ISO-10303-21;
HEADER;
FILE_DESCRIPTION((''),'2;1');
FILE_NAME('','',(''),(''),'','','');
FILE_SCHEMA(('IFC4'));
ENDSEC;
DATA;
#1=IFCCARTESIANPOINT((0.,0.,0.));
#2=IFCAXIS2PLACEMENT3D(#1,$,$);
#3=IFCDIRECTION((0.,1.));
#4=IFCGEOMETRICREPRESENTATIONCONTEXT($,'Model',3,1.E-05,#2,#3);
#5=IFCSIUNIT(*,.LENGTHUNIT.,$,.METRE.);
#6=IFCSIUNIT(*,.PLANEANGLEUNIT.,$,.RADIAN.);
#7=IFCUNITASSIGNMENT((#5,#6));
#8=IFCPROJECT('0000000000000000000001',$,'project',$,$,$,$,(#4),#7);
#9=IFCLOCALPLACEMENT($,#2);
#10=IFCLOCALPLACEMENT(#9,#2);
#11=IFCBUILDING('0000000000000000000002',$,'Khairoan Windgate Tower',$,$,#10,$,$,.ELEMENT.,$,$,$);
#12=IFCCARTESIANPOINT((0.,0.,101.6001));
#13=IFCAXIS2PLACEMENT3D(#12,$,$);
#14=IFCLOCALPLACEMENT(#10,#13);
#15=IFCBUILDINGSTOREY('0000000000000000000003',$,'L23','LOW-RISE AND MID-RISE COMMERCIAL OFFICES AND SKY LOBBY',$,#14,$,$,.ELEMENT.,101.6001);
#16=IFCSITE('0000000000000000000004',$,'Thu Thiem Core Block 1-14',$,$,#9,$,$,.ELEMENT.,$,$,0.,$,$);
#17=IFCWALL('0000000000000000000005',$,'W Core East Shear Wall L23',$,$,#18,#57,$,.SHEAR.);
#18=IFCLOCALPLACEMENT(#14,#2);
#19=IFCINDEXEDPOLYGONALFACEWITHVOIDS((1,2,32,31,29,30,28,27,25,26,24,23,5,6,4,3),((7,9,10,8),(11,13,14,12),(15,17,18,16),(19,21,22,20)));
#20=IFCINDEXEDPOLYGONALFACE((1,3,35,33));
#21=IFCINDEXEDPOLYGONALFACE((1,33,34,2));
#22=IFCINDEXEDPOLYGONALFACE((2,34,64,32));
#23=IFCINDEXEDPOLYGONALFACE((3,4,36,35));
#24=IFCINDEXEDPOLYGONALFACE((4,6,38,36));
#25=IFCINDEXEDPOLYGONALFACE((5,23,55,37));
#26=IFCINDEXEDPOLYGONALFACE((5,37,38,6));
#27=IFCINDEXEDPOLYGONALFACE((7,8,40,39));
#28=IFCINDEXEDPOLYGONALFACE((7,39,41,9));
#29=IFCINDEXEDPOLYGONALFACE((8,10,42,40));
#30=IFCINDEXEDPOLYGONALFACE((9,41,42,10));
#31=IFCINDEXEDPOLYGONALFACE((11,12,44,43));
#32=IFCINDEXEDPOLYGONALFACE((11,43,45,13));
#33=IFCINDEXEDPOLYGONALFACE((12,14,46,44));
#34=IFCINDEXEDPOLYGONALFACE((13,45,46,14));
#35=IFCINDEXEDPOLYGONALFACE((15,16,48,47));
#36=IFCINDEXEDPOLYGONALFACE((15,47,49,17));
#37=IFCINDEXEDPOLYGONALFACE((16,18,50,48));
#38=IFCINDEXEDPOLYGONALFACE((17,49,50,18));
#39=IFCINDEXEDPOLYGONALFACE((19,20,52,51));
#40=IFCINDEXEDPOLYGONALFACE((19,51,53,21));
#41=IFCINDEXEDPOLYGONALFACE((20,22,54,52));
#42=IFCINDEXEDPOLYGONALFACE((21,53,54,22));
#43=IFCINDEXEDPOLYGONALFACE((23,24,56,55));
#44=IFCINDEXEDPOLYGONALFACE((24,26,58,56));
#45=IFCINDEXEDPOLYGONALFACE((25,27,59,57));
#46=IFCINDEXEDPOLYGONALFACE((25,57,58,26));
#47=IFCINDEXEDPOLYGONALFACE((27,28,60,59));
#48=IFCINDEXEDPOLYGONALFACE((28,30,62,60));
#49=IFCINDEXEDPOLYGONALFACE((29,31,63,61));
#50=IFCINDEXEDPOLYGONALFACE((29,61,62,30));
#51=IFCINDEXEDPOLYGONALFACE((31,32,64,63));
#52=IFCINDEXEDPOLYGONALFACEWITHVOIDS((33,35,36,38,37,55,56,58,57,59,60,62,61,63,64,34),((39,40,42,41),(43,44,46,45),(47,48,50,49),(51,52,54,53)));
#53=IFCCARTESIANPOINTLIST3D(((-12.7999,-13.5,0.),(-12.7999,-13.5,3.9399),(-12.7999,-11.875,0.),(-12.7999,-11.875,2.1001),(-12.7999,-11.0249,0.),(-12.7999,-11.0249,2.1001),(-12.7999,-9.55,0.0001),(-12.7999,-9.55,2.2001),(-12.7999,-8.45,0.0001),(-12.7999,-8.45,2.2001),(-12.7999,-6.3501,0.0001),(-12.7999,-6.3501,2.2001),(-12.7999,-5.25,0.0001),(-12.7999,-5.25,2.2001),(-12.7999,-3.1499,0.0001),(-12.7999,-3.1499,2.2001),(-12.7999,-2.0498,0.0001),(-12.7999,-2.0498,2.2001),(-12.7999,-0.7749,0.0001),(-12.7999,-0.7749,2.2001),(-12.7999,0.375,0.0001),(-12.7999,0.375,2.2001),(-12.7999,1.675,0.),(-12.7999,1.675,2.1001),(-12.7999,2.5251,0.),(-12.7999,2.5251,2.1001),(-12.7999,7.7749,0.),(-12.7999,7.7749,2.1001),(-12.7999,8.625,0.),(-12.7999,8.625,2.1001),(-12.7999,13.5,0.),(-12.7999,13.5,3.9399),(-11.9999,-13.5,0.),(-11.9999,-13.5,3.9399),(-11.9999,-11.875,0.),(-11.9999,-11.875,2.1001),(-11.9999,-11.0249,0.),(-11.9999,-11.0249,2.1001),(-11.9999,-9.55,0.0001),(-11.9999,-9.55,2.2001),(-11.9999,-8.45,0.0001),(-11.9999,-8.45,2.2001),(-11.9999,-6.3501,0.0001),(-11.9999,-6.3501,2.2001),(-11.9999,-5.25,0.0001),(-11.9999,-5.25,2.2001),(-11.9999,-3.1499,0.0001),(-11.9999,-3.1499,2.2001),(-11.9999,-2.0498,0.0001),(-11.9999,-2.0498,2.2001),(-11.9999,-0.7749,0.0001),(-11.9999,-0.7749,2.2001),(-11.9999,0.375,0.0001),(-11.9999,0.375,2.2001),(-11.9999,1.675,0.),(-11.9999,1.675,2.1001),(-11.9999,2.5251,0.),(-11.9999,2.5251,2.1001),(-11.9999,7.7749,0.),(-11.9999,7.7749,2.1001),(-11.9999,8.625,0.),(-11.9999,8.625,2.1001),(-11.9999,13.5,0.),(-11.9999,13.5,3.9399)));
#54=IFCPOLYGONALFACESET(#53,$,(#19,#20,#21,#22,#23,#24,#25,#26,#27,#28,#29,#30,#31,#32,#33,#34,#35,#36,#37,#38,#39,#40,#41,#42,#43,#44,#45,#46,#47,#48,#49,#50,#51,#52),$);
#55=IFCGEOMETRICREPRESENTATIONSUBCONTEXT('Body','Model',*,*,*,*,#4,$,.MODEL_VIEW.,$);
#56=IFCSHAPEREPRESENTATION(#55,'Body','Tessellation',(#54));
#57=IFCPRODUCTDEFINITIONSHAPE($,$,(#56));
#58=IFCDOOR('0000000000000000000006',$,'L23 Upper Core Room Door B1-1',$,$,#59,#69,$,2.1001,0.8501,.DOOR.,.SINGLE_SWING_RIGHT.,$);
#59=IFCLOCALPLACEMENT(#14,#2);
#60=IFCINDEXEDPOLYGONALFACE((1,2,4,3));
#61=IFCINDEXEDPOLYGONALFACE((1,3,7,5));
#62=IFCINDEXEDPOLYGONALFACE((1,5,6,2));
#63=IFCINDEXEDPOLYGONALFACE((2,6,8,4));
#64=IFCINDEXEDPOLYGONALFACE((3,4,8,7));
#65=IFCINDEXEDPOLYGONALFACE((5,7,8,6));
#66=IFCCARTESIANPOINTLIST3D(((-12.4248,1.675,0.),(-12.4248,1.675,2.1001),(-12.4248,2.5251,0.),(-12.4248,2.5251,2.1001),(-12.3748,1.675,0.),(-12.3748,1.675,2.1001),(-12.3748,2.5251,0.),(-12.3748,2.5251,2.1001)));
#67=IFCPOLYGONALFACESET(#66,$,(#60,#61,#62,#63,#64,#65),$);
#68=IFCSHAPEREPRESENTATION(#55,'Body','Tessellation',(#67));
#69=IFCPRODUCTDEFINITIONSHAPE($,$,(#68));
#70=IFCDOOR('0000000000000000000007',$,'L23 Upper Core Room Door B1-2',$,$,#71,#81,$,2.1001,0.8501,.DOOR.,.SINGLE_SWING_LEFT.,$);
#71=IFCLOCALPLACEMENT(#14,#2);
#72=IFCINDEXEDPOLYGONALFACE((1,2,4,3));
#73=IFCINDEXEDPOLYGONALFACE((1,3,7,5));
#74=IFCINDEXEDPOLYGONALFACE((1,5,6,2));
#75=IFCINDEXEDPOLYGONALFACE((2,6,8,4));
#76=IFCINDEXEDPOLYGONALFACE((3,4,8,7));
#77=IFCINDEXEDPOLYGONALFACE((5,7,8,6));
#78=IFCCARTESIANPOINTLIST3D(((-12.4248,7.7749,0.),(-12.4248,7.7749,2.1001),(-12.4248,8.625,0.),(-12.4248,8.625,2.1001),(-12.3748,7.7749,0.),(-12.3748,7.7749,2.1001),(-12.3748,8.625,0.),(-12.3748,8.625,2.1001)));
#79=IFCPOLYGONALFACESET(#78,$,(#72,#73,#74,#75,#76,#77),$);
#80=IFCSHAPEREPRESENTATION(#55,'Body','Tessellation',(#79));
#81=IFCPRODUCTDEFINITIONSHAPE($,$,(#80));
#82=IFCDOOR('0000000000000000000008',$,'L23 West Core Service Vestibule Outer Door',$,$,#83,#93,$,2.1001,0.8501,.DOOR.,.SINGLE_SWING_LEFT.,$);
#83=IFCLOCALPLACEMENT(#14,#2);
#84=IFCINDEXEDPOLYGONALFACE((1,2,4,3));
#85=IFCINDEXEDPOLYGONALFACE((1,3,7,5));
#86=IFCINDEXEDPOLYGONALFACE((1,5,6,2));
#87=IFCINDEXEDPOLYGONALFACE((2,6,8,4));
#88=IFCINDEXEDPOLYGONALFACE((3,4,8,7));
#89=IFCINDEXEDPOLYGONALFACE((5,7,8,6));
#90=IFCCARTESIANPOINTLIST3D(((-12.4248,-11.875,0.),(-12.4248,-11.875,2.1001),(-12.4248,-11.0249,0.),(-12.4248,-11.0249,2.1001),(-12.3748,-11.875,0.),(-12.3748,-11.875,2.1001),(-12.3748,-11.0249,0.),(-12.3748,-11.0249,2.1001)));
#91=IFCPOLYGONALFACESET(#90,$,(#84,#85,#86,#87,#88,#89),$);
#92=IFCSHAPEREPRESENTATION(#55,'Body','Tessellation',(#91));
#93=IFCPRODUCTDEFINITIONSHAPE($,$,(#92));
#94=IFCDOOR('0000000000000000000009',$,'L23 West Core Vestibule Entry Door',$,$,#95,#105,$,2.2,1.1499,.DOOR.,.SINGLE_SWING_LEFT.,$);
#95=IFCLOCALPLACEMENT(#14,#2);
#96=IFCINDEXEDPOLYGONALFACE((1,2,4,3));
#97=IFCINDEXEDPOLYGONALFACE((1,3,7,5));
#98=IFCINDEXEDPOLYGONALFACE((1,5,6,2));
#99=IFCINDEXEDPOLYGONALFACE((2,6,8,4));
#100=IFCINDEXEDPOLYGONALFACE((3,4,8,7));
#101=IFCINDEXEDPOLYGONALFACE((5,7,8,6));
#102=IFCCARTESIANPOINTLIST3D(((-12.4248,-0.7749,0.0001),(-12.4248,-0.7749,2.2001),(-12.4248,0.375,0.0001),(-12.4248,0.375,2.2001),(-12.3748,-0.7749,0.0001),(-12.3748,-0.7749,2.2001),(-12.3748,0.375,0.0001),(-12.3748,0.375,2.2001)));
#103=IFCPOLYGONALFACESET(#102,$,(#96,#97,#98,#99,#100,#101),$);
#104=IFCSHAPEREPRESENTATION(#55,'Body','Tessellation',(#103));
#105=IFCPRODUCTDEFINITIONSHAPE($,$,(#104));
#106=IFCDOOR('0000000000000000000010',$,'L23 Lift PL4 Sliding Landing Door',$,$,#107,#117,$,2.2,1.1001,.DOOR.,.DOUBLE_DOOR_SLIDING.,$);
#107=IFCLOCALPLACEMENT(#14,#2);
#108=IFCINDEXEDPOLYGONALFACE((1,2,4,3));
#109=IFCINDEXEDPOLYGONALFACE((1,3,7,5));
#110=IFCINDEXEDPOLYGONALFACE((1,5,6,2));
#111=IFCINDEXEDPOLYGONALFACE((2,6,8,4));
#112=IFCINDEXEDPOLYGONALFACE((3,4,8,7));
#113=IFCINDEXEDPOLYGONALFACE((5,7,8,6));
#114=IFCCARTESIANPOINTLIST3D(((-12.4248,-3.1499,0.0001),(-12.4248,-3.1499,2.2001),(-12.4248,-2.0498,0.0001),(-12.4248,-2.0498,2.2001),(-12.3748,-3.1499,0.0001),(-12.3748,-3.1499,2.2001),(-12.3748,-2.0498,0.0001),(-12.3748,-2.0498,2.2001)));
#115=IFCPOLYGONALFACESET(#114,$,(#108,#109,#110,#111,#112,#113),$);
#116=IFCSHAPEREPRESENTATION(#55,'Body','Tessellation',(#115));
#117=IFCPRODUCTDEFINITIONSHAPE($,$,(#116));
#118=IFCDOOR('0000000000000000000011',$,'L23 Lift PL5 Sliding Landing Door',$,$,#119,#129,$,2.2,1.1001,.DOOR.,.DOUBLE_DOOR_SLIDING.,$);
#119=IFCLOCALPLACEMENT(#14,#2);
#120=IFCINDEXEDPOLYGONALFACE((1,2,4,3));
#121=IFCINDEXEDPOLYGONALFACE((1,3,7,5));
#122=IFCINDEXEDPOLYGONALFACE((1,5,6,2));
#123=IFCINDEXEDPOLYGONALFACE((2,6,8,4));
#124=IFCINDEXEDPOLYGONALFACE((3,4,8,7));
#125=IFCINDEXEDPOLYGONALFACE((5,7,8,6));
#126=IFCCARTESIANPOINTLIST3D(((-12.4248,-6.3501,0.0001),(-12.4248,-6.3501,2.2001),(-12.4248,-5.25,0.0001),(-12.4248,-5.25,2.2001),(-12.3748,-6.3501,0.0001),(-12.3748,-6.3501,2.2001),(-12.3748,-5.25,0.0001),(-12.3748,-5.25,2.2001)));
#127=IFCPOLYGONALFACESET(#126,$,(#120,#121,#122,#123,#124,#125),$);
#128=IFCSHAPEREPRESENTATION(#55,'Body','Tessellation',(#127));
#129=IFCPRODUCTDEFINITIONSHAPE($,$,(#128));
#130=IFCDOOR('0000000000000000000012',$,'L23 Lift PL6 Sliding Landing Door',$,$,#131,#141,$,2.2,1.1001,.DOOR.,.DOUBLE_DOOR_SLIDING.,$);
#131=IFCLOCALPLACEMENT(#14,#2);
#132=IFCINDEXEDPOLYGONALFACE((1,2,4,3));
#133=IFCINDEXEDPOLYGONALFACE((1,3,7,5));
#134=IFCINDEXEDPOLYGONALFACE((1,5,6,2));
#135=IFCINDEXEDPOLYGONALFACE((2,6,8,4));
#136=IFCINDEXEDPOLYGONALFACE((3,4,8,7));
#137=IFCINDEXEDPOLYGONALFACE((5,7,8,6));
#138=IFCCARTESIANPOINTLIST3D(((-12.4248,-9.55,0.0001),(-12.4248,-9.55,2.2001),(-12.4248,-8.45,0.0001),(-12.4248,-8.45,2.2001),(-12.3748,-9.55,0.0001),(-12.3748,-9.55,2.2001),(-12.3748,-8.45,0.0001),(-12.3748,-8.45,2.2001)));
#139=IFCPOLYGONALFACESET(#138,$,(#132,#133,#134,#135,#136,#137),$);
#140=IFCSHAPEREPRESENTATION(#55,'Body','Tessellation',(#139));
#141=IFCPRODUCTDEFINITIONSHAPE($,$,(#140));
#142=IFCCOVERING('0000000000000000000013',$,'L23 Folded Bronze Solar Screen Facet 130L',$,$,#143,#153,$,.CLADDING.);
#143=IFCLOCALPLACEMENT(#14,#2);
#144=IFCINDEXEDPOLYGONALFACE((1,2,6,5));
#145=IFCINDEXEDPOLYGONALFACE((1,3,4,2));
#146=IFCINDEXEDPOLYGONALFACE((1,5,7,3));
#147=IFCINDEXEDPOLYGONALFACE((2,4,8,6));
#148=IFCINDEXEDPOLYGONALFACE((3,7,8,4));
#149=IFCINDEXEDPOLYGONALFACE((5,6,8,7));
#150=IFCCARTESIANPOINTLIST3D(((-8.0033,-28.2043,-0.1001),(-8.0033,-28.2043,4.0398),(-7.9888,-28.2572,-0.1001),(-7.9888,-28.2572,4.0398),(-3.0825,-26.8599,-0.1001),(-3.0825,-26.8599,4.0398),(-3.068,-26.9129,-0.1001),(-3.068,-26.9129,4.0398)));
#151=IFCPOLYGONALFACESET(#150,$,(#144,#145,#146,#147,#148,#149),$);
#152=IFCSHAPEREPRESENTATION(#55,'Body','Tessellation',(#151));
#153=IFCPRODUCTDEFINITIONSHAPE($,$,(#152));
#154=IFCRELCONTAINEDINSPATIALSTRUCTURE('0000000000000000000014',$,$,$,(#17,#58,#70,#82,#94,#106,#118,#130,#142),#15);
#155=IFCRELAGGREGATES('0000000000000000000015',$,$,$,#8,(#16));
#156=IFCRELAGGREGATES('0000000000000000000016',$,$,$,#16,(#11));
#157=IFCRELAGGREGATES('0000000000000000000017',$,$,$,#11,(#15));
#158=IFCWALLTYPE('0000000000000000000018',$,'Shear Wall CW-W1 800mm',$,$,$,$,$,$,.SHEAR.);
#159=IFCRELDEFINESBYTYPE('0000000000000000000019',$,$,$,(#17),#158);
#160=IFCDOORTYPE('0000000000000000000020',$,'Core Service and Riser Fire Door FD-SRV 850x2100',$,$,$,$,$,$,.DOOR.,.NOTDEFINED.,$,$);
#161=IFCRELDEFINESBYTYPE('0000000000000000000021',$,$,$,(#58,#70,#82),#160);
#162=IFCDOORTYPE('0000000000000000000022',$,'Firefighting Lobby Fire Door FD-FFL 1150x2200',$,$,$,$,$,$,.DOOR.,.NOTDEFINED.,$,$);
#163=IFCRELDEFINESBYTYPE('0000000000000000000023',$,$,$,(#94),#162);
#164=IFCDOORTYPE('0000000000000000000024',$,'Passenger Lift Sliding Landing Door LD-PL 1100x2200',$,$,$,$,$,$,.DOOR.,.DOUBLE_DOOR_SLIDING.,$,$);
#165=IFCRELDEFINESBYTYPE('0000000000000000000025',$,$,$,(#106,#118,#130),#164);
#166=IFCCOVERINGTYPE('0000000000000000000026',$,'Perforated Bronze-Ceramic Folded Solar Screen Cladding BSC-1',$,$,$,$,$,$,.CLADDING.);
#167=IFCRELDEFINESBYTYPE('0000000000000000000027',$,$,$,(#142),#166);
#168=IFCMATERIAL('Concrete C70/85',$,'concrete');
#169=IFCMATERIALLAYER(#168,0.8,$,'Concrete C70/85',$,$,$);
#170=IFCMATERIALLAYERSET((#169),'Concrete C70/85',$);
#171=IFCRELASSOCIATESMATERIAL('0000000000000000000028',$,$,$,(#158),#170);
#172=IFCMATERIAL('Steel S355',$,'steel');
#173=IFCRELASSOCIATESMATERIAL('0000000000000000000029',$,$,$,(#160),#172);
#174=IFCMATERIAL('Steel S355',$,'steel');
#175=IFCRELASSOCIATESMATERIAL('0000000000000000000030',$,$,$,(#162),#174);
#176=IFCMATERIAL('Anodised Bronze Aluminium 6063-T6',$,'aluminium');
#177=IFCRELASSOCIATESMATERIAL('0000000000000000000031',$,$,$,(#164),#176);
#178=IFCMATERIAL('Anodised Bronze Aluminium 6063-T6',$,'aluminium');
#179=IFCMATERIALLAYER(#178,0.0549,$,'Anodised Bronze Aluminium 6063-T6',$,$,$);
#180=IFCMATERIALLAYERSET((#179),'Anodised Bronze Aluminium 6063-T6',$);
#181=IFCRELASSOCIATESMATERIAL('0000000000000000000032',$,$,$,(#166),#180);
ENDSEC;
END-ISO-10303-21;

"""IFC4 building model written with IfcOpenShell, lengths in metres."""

from ifc_helpers import new_model, si_unit, direction, frame, frame_2d, origin, origin_2d, place, context, subcontext, project, spatial, rectangle, extrude, material, layer, layer_set, type_object, element, fill, save


model = new_model("IFC4")

# Units and contexts
model_context = context("Model", 3, precision=1e-05, world=origin(), true_north=direction((0.0, 1.0)))
body_context = subcontext(model_context, "Body", "Model", "MODEL_VIEW")
ifc_project = project(units=[si_unit("LENGTHUNIT", "METRE"), si_unit("PLANEANGLEUNIT", "RADIAN")], contexts=[model_context])

# Site, building, storey
site_placement = place(None, origin())
site = spatial("IfcSite", under=ifc_project, at=site_placement, Name="Thu Thiem Core Block 1-14", CompositionType="ELEMENT", RefElevation=0.0)
building_placement = place(site_placement, origin())
building = spatial("IfcBuilding", under=site, at=building_placement, Name="Khairoan Windgate Tower", CompositionType="ELEMENT")
storey_placement = place(building_placement, frame((0.0, 0.0, 101.6001)))
storey = spatial("IfcBuildingStorey", under=building, at=storey_placement, Name="L23", Description="LOW-RISE AND MID-RISE COMMERCIAL OFFICES AND SKY LOBBY", CompositionType="ELEMENT", Elevation=101.6001)

# Wall, openings, doors
ifc_material_1 = material(Name="Concrete C70/85", Category="concrete")
ifc_layer_1 = layer(ifc_material_1, 0.8, Name="Concrete C70/85")
ifc_layer_set_1 = layer_set([ifc_layer_1], Name="Concrete C70/85")
wall_type_1 = type_object("IfcWallType", Name="Shear Wall CW-W1 800mm", PredefinedType="SHEAR", material=ifc_layer_set_1)
wall_1_placement = place(storey_placement, frame((-12.3999, -13.5, 0.0), z_axis=(0.0, 0.0, 1.0), x_axis=(0.0, 1.0, 0.0)))
wall_1 = element("IfcWall", 1, at=wall_1_placement, inside=storey, type_object=wall_type_1, Name="W Core East Shear Wall L23", PredefinedType="SHEAR", context=body_context, shape_type="SweptSolid", body=[
    extrude(rectangle(XDim=27.0, YDim=0.8, at=frame_2d((13.5, 0.0))), origin(), (0.0, 0.0, 1.0), 3.9399),
])
opening_1_placement = place(wall_1_placement, frame((10.3501, 0.0, 0.0)))
opening_1 = element("IfcOpeningElement", 2, at=opening_1_placement, cuts=wall_1, PredefinedType="OPENING", context=body_context, shape_type="SweptSolid", body=[
    extrude(rectangle(XDim=1.1001, YDim=2.2, at=frame_2d((0.55, 1.1001))), frame((0.0, 0.4099, 0.0), z_axis=(0.0, -1.0, 0.0), x_axis=(1.0, 0.0, 0.0)), (0.0, 0.0, 1.0), 0.8201),
])
opening_2_placement = place(wall_1_placement, frame((7.1499, 0.0, 0.0)))
opening_2 = element("IfcOpeningElement", 3, at=opening_2_placement, cuts=wall_1, PredefinedType="OPENING", context=body_context, shape_type="SweptSolid", body=[
    extrude(rectangle(XDim=1.1001, YDim=2.2, at=frame_2d((0.55, 1.1001))), frame((0.0, 0.4099, 0.0), z_axis=(0.0, -1.0, 0.0), x_axis=(1.0, 0.0, 0.0)), (0.0, 0.0, 1.0), 0.8201),
])
opening_3_placement = place(wall_1_placement, frame((3.95, 0.0, 0.0)))
opening_3 = element("IfcOpeningElement", 4, at=opening_3_placement, cuts=wall_1, PredefinedType="OPENING", context=body_context, shape_type="SweptSolid", body=[
    extrude(rectangle(XDim=1.1001, YDim=2.2, at=frame_2d((0.55, 1.1001))), frame((0.0, 0.4099, 0.0), z_axis=(0.0, -1.0, 0.0), x_axis=(1.0, 0.0, 0.0)), (0.0, 0.0, 1.0), 0.8201),
])
opening_4_placement = place(wall_1_placement, frame((15.175, 0.0, 0.0)))
opening_4 = element("IfcOpeningElement", 5, at=opening_4_placement, cuts=wall_1, PredefinedType="OPENING", context=body_context, shape_type="SweptSolid", body=[
    extrude(rectangle(XDim=0.8501, YDim=2.1001, at=frame_2d((0.425, 1.05))), frame((0.0, 0.4099, 0.0), z_axis=(0.0, -1.0, 0.0), x_axis=(1.0, 0.0, 0.0)), (0.0, 0.0, 1.0), 0.8201),
])
opening_5_placement = place(wall_1_placement, frame((21.2749, 0.0, 0.0)))
opening_5 = element("IfcOpeningElement", 6, at=opening_5_placement, cuts=wall_1, PredefinedType="OPENING", context=body_context, shape_type="SweptSolid", body=[
    extrude(rectangle(XDim=0.8501, YDim=2.1001, at=frame_2d((0.425, 1.05))), frame((0.0, 0.4099, 0.0), z_axis=(0.0, -1.0, 0.0), x_axis=(1.0, 0.0, 0.0)), (0.0, 0.0, 1.0), 0.8201),
])
opening_6_placement = place(wall_1_placement, frame((12.7251, 0.0, 0.0)))
opening_6 = element("IfcOpeningElement", 7, at=opening_6_placement, cuts=wall_1, PredefinedType="OPENING", context=body_context, shape_type="SweptSolid", body=[
    extrude(rectangle(XDim=1.1499, YDim=2.2, at=frame_2d((0.575, 1.1001))), frame((0.0, 0.4099, 0.0), z_axis=(0.0, -1.0, 0.0), x_axis=(1.0, 0.0, 0.0)), (0.0, 0.0, 1.0), 0.8201),
])
opening_7_placement = place(wall_1_placement, frame((1.625, 0.0, 0.0)))
opening_7 = element("IfcOpeningElement", 8, at=opening_7_placement, cuts=wall_1, PredefinedType="OPENING", context=body_context, shape_type="SweptSolid", body=[
    extrude(rectangle(XDim=0.8501, YDim=2.1001, at=frame_2d((0.425, 1.05))), frame((0.0, 0.4099, 0.0), z_axis=(0.0, -1.0, 0.0), x_axis=(1.0, 0.0, 0.0)), (0.0, 0.0, 1.0), 0.8201),
])
ifc_material_2 = material(Name="Steel S355", Category="steel")
door_type_1 = type_object("IfcDoorType", Name="Core Service and Riser Fire Door FD-SRV 850x2100", OperationType="NOTDEFINED", PredefinedType="DOOR", material=ifc_material_2)
door_1_placement = place(opening_4_placement, origin())
door_1 = element("IfcDoor", 9, at=door_1_placement, inside=storey, type_object=door_type_1, Name="L23 Upper Core Room Door B1-1", OperationType="SINGLE_SWING_RIGHT", OverallHeight=2.1001, OverallWidth=0.8501, PredefinedType="DOOR", context=body_context, shape_type="SweptSolid", body=[
    extrude(rectangle(XDim=0.8501, YDim=2.1001, at=frame_2d((0.425, 1.05))), frame((0.0, 0.0249, 0.0), z_axis=(0.0, -1.0, 0.0), x_axis=(1.0, 0.0, 0.0)), (0.0, 0.0, 1.0), 0.05),
])
fill(opening_4, door_1)
door_2_placement = place(opening_5_placement, origin())
door_2 = element("IfcDoor", 10, at=door_2_placement, inside=storey, type_object=door_type_1, Name="L23 Upper Core Room Door B1-2", OperationType="SINGLE_SWING_LEFT", OverallHeight=2.1001, OverallWidth=0.8501, PredefinedType="DOOR", context=body_context, shape_type="SweptSolid", body=[
    extrude(rectangle(XDim=0.8501, YDim=2.1001, at=frame_2d((0.425, 1.05))), frame((0.0, 0.0249, 0.0), z_axis=(0.0, -1.0, 0.0), x_axis=(1.0, 0.0, 0.0)), (0.0, 0.0, 1.0), 0.05),
])
fill(opening_5, door_2)
door_3_placement = place(opening_7_placement, origin())
door_3 = element("IfcDoor", 11, at=door_3_placement, inside=storey, type_object=door_type_1, Name="L23 West Core Service Vestibule Outer Door", OperationType="SINGLE_SWING_LEFT", OverallHeight=2.1001, OverallWidth=0.8501, PredefinedType="DOOR", context=body_context, shape_type="SweptSolid", body=[
    extrude(rectangle(XDim=0.8501, YDim=2.1001, at=frame_2d((0.425, 1.05))), frame((0.0, 0.0249, 0.0), z_axis=(0.0, -1.0, 0.0), x_axis=(1.0, 0.0, 0.0)), (0.0, 0.0, 1.0), 0.05),
])
fill(opening_7, door_3)
ifc_material_3 = material(Name="Steel S355", Category="steel")
door_type_2 = type_object("IfcDoorType", Name="Firefighting Lobby Fire Door FD-FFL 1150x2200", OperationType="NOTDEFINED", PredefinedType="DOOR", material=ifc_material_3)
door_4_placement = place(opening_6_placement, origin())
door_4 = element("IfcDoor", 12, at=door_4_placement, inside=storey, type_object=door_type_2, Name="L23 West Core Vestibule Entry Door", OperationType="SINGLE_SWING_LEFT", OverallHeight=2.2, OverallWidth=1.1499, PredefinedType="DOOR", context=body_context, shape_type="SweptSolid", body=[
    extrude(rectangle(XDim=1.1499, YDim=2.2, at=frame_2d((0.575, 1.1001))), frame((0.0, 0.0249, 0.0), z_axis=(0.0, -1.0, 0.0), x_axis=(1.0, 0.0, 0.0)), (0.0, 0.0, 1.0), 0.05),
])
fill(opening_6, door_4)
ifc_material_4 = material(Name="Anodised Bronze Aluminium 6063-T6", Category="aluminium")
door_type_3 = type_object("IfcDoorType", Name="Passenger Lift Sliding Landing Door LD-PL 1100x2200", OperationType="DOUBLE_DOOR_SLIDING", PredefinedType="DOOR", material=ifc_material_4)
door_5_placement = place(opening_1_placement, origin())
door_5 = element("IfcDoor", 13, at=door_5_placement, inside=storey, type_object=door_type_3, Name="L23 Lift PL4 Sliding Landing Door", OperationType="DOUBLE_DOOR_SLIDING", OverallHeight=2.2, OverallWidth=1.1001, PredefinedType="DOOR", context=body_context, shape_type="SweptSolid", body=[
    extrude(rectangle(XDim=1.1001, YDim=2.2, at=frame_2d((0.55, 1.1001))), frame((0.0, 0.0249, 0.0), z_axis=(0.0, -1.0, 0.0), x_axis=(1.0, 0.0, 0.0)), (0.0, 0.0, 1.0), 0.05),
])
fill(opening_1, door_5)
door_6_placement = place(opening_2_placement, origin())
door_6 = element("IfcDoor", 14, at=door_6_placement, inside=storey, type_object=door_type_3, Name="L23 Lift PL5 Sliding Landing Door", OperationType="DOUBLE_DOOR_SLIDING", OverallHeight=2.2, OverallWidth=1.1001, PredefinedType="DOOR", context=body_context, shape_type="SweptSolid", body=[
    extrude(rectangle(XDim=1.1001, YDim=2.2, at=frame_2d((0.55, 1.1001))), frame((0.0, 0.0249, 0.0), z_axis=(0.0, -1.0, 0.0), x_axis=(1.0, 0.0, 0.0)), (0.0, 0.0, 1.0), 0.05),
])
fill(opening_2, door_6)
door_7_placement = place(opening_3_placement, origin())
door_7 = element("IfcDoor", 15, at=door_7_placement, inside=storey, type_object=door_type_3, Name="L23 Lift PL6 Sliding Landing Door", OperationType="DOUBLE_DOOR_SLIDING", OverallHeight=2.2, OverallWidth=1.1001, PredefinedType="DOOR", context=body_context, shape_type="SweptSolid", body=[
    extrude(rectangle(XDim=1.1001, YDim=2.2, at=frame_2d((0.55, 1.1001))), frame((0.0, 0.0249, 0.0), z_axis=(0.0, -1.0, 0.0), x_axis=(1.0, 0.0, 0.0)), (0.0, 0.0, 1.0), 0.05),
])
fill(opening_3, door_7)

# Covering
ifc_material_5 = material(Name="Anodised Bronze Aluminium 6063-T6", Category="aluminium")
ifc_layer_2 = layer(ifc_material_5, 0.0549, Name="Anodised Bronze Aluminium 6063-T6")
ifc_layer_set_2 = layer_set([ifc_layer_2], Name="Anodised Bronze Aluminium 6063-T6")
covering_type = type_object("IfcCoveringType", Name="Perforated Bronze-Ceramic Folded Solar Screen Cladding BSC-1", PredefinedType="CLADDING", material=ifc_layer_set_2)
covering_placement = place(storey_placement, frame((-5.5356, -27.5586, -0.1001), z_axis=(0.0, 0.0, 1.0), x_axis=(-0.964649, -0.263536, 0.0)))
element("IfcCovering", 16, at=covering_placement, inside=storey, type_object=covering_type, Name="L23 Folded Bronze Solar Screen Facet 130L", PredefinedType="CLADDING", context=body_context, shape_type="SweptSolid", body=[
    extrude(rectangle(XDim=5.1011, YDim=0.0549, at=origin_2d()), origin(), (0.0, 0.0, 1.0), 4.1399),
])

save(model, "model.ifc")
